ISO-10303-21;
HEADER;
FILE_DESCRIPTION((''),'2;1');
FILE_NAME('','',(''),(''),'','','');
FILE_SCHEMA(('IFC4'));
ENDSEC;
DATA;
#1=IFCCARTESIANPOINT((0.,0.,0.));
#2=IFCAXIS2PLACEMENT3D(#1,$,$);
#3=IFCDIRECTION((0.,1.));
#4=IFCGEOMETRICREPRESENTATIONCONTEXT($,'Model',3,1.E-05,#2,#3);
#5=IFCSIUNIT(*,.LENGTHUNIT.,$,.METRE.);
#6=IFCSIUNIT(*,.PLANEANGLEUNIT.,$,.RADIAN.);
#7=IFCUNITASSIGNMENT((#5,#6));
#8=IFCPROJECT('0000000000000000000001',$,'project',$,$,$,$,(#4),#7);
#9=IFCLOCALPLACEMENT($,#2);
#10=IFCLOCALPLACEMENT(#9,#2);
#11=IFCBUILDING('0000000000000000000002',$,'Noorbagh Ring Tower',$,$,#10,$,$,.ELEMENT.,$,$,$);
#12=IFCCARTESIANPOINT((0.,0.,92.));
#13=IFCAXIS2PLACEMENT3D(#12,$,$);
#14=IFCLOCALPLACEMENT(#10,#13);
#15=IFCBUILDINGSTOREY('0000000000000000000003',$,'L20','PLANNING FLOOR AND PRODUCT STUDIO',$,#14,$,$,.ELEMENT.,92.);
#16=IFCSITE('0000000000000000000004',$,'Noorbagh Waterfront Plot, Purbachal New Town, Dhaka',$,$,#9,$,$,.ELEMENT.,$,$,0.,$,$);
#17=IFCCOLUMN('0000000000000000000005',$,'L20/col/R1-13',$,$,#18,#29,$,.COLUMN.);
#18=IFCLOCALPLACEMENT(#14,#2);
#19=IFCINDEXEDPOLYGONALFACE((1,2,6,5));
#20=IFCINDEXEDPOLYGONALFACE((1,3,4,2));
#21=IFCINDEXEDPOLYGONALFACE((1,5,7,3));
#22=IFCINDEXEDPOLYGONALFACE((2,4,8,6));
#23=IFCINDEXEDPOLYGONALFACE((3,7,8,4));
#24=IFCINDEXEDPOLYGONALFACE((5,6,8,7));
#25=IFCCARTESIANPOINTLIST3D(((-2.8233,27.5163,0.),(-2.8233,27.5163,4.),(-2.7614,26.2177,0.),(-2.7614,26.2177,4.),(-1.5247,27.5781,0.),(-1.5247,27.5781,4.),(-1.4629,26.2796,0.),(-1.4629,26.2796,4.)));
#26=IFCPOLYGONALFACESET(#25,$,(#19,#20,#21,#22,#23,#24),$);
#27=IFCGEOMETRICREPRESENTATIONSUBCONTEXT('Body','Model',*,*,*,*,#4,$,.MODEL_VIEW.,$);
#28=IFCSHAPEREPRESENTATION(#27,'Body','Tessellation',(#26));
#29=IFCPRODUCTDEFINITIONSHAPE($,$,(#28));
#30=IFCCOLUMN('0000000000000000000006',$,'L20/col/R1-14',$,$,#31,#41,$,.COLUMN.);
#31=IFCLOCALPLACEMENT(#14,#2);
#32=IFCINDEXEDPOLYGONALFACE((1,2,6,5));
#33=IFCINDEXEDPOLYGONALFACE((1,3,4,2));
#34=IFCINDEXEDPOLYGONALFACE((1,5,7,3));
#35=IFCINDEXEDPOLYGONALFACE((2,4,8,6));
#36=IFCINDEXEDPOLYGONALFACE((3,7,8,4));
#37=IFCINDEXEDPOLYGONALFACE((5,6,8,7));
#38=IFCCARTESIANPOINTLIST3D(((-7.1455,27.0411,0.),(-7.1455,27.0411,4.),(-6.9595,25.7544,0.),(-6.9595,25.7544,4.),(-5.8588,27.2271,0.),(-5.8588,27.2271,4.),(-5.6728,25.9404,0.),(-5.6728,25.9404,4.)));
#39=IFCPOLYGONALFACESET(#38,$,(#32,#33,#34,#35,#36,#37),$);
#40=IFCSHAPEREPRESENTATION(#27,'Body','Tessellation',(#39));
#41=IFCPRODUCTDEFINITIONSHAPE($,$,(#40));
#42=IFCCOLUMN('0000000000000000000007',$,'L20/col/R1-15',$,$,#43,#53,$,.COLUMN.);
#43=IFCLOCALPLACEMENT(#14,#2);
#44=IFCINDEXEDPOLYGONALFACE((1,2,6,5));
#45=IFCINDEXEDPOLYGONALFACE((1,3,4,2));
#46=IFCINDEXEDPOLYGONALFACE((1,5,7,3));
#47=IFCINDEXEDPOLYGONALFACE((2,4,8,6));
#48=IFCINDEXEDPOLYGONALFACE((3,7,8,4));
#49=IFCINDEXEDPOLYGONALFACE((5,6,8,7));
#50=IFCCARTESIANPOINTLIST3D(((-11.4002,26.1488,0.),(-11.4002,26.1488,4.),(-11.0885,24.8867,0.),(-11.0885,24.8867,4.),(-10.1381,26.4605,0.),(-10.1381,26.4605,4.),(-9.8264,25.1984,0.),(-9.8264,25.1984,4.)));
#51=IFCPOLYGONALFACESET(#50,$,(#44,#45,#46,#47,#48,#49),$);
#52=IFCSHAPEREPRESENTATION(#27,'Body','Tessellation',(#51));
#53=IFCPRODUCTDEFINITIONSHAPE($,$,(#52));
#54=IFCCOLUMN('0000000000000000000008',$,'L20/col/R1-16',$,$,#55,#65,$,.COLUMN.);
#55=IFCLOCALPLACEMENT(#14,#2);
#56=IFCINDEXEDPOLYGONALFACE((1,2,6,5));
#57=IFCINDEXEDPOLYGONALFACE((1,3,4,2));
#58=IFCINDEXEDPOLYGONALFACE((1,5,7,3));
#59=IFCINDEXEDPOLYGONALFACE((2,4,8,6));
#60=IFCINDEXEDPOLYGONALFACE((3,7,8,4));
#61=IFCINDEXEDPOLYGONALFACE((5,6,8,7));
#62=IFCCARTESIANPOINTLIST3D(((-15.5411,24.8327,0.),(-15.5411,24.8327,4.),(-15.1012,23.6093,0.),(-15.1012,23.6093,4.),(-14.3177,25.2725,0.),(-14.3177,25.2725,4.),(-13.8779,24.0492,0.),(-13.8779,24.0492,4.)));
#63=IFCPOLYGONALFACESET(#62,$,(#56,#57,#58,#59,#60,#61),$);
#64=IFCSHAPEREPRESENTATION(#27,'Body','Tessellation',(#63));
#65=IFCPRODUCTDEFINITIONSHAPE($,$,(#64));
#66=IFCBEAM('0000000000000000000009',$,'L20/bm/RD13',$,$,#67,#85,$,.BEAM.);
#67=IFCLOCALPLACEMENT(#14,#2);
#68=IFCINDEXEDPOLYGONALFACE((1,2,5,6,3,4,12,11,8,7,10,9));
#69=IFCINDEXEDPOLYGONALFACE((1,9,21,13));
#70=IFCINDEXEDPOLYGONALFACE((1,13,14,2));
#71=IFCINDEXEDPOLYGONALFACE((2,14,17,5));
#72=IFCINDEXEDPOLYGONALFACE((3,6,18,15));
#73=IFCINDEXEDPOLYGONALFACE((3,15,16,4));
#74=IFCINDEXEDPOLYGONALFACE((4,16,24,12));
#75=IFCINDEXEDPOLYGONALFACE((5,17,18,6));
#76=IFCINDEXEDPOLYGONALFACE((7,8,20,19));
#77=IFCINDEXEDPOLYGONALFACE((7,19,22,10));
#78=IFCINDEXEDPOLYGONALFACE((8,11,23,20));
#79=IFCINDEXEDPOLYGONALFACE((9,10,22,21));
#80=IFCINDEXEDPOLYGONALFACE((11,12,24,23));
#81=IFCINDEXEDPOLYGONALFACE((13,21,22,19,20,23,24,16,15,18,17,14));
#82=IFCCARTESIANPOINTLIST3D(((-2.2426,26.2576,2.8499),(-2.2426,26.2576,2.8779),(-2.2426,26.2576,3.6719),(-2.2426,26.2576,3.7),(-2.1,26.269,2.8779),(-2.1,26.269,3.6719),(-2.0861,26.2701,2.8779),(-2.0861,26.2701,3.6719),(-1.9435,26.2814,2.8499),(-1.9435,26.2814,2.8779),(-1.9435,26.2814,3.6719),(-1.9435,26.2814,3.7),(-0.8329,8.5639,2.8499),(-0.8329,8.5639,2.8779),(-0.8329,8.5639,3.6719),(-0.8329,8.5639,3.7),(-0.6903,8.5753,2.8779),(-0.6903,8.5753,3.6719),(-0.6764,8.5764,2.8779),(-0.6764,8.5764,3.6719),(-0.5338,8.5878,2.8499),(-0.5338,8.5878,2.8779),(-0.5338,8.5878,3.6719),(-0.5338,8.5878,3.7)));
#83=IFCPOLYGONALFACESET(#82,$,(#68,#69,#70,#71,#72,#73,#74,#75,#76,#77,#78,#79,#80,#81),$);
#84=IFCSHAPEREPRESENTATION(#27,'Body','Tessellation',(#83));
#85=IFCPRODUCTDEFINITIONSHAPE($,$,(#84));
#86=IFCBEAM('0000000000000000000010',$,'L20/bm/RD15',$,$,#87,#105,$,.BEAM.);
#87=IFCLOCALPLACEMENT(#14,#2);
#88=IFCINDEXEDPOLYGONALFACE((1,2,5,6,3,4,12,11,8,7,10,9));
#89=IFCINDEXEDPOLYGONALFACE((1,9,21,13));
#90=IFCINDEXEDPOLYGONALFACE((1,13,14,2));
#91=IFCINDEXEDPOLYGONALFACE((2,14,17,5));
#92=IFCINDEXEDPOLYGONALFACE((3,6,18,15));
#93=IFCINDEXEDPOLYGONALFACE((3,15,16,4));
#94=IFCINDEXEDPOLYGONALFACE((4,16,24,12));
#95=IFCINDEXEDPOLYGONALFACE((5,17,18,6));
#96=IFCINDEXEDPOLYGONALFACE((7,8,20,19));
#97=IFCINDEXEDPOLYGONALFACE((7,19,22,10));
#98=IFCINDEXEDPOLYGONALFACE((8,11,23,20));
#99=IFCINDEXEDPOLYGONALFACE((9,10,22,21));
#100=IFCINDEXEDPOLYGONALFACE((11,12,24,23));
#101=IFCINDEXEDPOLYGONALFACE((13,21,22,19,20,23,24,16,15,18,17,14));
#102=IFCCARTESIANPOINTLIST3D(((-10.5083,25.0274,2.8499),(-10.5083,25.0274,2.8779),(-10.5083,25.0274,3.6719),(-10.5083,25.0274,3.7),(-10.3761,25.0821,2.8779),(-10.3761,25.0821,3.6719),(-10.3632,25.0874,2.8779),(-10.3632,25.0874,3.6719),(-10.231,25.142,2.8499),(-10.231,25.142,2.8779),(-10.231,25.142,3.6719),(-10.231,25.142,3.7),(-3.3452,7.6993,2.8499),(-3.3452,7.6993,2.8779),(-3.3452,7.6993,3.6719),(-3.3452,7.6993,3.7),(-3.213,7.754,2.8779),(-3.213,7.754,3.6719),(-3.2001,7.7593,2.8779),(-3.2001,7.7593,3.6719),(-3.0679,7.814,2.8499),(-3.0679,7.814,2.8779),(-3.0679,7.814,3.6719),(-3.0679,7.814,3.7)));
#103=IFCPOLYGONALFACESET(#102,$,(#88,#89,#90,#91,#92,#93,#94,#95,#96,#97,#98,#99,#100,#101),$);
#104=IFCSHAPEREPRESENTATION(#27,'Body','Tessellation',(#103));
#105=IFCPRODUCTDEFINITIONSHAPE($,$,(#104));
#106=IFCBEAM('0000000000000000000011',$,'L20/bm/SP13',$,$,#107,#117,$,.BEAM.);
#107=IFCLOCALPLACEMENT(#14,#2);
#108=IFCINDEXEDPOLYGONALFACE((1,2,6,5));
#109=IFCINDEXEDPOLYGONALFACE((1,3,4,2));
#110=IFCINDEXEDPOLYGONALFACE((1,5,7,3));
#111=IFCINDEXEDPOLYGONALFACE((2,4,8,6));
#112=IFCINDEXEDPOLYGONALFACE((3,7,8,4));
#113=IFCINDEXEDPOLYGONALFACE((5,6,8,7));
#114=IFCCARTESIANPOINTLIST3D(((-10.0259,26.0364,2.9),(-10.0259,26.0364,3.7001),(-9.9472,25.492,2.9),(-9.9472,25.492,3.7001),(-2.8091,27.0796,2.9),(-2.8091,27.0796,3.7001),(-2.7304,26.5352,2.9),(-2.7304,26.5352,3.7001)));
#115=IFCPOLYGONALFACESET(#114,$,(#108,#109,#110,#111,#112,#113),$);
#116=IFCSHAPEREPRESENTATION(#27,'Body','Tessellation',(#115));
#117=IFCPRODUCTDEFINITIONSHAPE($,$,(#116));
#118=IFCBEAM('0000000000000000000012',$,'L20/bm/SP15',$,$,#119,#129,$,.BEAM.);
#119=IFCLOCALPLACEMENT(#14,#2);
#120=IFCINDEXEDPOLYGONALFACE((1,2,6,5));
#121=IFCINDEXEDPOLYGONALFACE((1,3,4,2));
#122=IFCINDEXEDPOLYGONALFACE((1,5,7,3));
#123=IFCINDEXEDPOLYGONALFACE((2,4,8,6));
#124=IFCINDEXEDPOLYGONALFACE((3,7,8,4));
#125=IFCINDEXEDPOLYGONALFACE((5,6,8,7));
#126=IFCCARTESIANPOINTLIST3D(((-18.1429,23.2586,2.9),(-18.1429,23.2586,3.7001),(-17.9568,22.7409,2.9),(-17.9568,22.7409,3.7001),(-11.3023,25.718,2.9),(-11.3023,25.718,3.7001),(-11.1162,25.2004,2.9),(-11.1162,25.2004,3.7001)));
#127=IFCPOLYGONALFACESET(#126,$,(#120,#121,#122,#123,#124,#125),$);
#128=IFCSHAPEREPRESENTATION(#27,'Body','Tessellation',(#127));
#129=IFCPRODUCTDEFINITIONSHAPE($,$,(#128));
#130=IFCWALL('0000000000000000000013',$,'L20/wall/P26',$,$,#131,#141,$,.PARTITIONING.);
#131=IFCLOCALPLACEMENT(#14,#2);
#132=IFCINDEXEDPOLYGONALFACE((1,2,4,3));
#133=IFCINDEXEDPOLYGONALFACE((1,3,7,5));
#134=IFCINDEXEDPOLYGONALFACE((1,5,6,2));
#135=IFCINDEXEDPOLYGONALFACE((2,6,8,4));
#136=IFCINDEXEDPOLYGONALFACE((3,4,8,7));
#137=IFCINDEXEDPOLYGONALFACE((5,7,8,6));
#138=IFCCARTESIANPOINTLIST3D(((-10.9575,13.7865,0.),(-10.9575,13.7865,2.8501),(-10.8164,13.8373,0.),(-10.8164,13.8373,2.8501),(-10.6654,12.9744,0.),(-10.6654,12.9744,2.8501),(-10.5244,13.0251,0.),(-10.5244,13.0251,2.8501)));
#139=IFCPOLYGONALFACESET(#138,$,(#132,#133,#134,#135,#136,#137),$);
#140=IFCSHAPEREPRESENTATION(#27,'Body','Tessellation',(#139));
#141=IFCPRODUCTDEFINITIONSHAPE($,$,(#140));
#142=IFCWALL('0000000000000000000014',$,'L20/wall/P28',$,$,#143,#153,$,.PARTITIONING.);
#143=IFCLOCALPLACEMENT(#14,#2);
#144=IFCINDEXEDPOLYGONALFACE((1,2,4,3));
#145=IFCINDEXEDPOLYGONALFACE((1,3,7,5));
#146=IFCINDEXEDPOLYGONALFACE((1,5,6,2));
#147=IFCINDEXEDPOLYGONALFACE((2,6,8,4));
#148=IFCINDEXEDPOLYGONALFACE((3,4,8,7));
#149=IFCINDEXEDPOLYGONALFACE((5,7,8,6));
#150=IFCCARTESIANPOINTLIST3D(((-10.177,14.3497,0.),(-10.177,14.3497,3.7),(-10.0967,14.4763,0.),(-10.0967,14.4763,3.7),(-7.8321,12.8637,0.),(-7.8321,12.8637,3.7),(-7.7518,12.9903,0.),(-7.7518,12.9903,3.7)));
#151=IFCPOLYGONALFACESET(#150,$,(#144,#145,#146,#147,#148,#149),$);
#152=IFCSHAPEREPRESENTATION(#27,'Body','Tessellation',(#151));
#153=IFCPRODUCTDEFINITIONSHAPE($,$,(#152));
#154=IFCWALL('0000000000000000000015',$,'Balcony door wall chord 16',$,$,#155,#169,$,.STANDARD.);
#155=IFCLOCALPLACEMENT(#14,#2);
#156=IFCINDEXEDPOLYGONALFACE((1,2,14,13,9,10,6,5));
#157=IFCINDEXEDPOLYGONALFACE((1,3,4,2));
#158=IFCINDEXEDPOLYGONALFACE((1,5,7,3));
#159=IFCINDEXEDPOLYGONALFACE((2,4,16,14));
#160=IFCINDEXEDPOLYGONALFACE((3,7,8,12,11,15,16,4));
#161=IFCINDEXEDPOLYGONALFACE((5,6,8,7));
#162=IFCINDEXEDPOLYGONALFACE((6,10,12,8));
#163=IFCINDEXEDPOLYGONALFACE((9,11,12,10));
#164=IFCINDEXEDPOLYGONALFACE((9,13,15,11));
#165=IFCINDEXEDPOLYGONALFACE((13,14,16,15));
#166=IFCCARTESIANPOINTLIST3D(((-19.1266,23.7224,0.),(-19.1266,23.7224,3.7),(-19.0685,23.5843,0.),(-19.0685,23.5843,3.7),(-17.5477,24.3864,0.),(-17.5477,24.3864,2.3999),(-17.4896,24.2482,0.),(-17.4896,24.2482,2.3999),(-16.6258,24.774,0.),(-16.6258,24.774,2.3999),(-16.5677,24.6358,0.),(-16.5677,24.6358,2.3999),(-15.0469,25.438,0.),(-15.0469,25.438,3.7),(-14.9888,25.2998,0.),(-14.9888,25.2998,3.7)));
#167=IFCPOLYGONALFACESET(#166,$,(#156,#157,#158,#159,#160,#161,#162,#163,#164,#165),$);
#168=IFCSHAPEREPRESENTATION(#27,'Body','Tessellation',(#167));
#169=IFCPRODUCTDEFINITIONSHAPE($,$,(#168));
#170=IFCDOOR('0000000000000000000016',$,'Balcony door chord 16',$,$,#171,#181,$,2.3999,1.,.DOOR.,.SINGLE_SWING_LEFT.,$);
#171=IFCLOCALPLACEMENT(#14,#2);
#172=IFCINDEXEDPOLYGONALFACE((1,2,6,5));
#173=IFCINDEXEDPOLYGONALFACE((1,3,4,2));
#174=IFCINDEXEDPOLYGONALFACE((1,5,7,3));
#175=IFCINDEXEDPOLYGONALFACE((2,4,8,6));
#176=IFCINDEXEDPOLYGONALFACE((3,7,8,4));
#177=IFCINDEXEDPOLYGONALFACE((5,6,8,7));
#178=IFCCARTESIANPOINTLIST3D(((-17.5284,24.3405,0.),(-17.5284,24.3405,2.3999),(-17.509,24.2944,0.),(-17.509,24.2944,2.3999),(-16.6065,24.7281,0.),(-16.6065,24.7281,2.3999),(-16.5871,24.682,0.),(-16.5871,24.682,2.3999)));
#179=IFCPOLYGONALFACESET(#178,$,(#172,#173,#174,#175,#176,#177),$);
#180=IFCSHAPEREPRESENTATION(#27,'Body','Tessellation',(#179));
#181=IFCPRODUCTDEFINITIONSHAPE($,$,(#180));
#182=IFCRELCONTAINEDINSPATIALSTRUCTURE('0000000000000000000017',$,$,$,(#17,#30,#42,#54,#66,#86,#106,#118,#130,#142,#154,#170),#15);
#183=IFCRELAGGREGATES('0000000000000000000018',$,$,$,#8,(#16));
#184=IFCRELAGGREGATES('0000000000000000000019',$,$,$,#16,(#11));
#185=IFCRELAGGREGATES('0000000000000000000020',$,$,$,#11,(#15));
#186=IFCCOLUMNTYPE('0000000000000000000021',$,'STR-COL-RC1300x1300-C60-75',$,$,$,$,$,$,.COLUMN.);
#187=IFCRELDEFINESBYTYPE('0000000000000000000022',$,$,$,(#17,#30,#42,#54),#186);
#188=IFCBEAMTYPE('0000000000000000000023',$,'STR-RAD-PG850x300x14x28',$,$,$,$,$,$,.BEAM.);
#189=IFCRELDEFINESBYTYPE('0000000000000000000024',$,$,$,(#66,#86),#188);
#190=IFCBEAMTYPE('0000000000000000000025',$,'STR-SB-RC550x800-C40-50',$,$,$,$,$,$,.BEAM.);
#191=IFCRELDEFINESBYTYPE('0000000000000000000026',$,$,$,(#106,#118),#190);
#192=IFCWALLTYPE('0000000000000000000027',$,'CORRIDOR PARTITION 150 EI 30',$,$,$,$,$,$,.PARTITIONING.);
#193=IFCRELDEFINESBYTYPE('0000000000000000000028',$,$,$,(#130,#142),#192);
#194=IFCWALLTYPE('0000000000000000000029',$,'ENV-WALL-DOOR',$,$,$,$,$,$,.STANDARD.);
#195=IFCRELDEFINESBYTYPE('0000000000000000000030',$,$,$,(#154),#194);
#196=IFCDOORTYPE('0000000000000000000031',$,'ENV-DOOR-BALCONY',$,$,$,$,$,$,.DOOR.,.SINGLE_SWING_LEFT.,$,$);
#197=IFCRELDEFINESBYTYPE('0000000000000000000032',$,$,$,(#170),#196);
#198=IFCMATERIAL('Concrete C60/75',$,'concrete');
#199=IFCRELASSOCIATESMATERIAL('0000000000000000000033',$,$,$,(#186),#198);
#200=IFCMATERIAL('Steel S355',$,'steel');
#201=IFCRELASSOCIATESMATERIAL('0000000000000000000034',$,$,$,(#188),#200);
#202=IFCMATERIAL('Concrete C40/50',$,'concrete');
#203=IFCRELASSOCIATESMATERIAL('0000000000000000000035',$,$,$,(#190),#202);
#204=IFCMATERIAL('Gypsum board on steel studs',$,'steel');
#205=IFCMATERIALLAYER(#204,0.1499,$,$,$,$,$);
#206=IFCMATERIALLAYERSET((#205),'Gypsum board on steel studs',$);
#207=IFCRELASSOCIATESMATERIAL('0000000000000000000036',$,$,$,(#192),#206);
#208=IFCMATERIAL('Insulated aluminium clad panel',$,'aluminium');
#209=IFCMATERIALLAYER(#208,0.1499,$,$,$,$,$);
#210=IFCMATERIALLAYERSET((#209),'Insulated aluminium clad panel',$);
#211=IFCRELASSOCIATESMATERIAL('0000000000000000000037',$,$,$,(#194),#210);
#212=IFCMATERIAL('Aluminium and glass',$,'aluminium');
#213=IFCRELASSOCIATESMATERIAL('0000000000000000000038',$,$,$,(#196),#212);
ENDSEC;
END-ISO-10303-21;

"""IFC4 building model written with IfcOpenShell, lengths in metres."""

from ifc_helpers import new_model, si_unit, direction, frame, frame_2d, origin, origin_2d, place, context, subcontext, project, spatial, rectangle, i_section, extrude, material, layer, layer_set, material_profile, profile_set, type_object, element, fill, save


model = new_model("IFC4")

# Units and contexts
model_context = context("Model", 3, precision=1e-05, world=origin(), true_north=direction((0.0, 1.0)))
body_context = subcontext(model_context, "Body", "Model", "MODEL_VIEW")
ifc_project = project(units=[si_unit("LENGTHUNIT", "METRE"), si_unit("PLANEANGLEUNIT", "RADIAN")], contexts=[model_context])

# Site, building, storey
site_placement = place(None, origin())
site = spatial("IfcSite", under=ifc_project, at=site_placement, Name="Noorbagh Waterfront Plot, Purbachal New Town, Dhaka", CompositionType="ELEMENT", RefElevation=0.0)
building_placement = place(site_placement, origin())
building = spatial("IfcBuilding", under=site, at=building_placement, Name="Noorbagh Ring Tower", CompositionType="ELEMENT")
storey_placement = place(building_placement, frame((0.0, 0.0, 92.0)))
storey = spatial("IfcBuildingStorey", under=building, at=storey_placement, Name="L20", Description="PLANNING FLOOR AND PRODUCT STUDIO", CompositionType="ELEMENT", Elevation=92.0)

# Columns
ifc_material_1 = material(Name="Concrete C60/75", Category="concrete")
ifc_material_profile_1 = material_profile(ifc_material_1, rectangle(XDim=1.3, YDim=1.3, at=origin_2d()), Name="RC1300x1300")
ifc_profile_set_1 = profile_set([ifc_material_profile_1], Name="Concrete C60/75")
column_type = type_object("IfcColumnType", Name="STR-COL-RC1300x1300-C60-75", PredefinedType="COLUMN", material=ifc_profile_set_1)
for number, where, z_axis, x_axis, name in (
    (1, (-2.1431, 26.8979, 0.0), (0.0, 0.0, 1.0), (-0.998869, -0.047553, 0.0), "L20/col/R1-13"),
    (2, (-6.4092, 26.4907, 0.0), (0.0, 0.0, 1.0), (-0.989713, -0.143066, 0.0), "L20/col/R1-14"),
    (3, (-10.6133, 25.6736, 0.0), (0.0, 0.0, 1.0), (-0.970829, -0.239771, 0.0), "L20/col/R1-15"),
    (4, (-14.7095, 24.4409, 0.0), (0.0, 0.0, 1.0), (-0.941025, -0.338338, 0.0), "L20/col/R1-16"),
):
    element("IfcColumn", number, at=place(storey_placement, frame(where, z_axis=z_axis, x_axis=x_axis)), inside=storey, type_object=column_type, Name=name, PredefinedType="COLUMN", context=body_context, shape_type="SweptSolid", body=[
        extrude(rectangle(XDim=1.3, YDim=1.3, at=origin_2d()), origin(), (0.0, 0.0, 1.0), 4.0),
    ])

# Beams
ifc_material_2 = material(Name="Steel S355", Category="steel")
ifc_material_profile_2 = material_profile(ifc_material_2, i_section(OverallWidth=0.3, OverallDepth=0.8501, WebThickness=0.0139, FlangeThickness=0.0281, at=origin_2d()), Name="PG850x300x14x28")
ifc_profile_set_2 = profile_set([ifc_material_profile_2], Name="Steel S355")
beam_type_1 = type_object("IfcBeamType", Name="STR-RAD-PG850x300x14x28", PredefinedType="BEAM", material=ifc_profile_set_2)
beam_1_placement = place(storey_placement, frame((-2.093, 26.2695, 3.2749), z_axis=(0.079419, -0.996841, 0.0), x_axis=(0.996841, 0.079419, 0.0)))
element("IfcBeam", 5, at=beam_1_placement, inside=storey, type_object=beam_type_1, Name="L20/bm/RD13", PredefinedType="BEAM", context=body_context, shape_type="SweptSolid", body=[
    extrude(i_section(OverallWidth=0.3, OverallDepth=0.8501, WebThickness=0.0139, FlangeThickness=0.0281, at=origin_2d()), origin(), (0.0, 0.0, 1.0), 17.7498),
])
beam_2_placement = place(storey_placement, frame((-10.3696, 25.0847, 3.2749), z_axis=(0.382025, -0.924152, 0.0), x_axis=(0.924152, 0.382025, 0.0)))
element("IfcBeam", 6, at=beam_2_placement, inside=storey, type_object=beam_type_1, Name="L20/bm/RD15", PredefinedType="BEAM", context=body_context, shape_type="SweptSolid", body=[
    extrude(i_section(OverallWidth=0.3, OverallDepth=0.8501, WebThickness=0.0139, FlangeThickness=0.0281, at=origin_2d()), origin(), (0.0, 0.0, 1.0), 18.7502),
])
ifc_material_3 = material(Name="Concrete C40/50", Category="concrete")
ifc_material_profile_3 = material_profile(ifc_material_3, rectangle(XDim=0.55, YDim=0.8, at=origin_2d()), Name="RC550x800")
ifc_profile_set_3 = profile_set([ifc_material_profile_3], Name="Concrete C40/50")
beam_type_2 = type_object("IfcBeamType", Name="STR-SB-RC550x800-C40-50", PredefinedType="BEAM", material=ifc_profile_set_3)
beam_3_placement = place(storey_placement, frame((-2.7698, 26.8074, 3.3), z_axis=(-0.989713, -0.143066, 0.0), x_axis=(0.143066, -0.989713, 0.0)))
element("IfcBeam", 7, at=beam_3_placement, inside=storey, type_object=beam_type_2, Name="L20/bm/SP13", PredefinedType="BEAM", context=body_context, shape_type="SweptSolid", body=[
    extrude(rectangle(XDim=0.55, YDim=0.8, at=origin_2d()), origin(), (0.0, 0.0, 1.0), 7.2917),
])
beam_4_placement = place(storey_placement, frame((-11.2092, 25.4592, 3.3), z_axis=(-0.941025, -0.338338, 0.0), x_axis=(0.338338, -0.941025, 0.0)))
element("IfcBeam", 8, at=beam_4_placement, inside=storey, type_object=beam_type_2, Name="L20/bm/SP15", PredefinedType="BEAM", context=body_context, shape_type="SweptSolid", body=[
    extrude(rectangle(XDim=0.55, YDim=0.8, at=origin_2d()), origin(), (0.0, 0.0, 1.0), 7.2693),
])

# Walls
ifc_material_4 = material(Name="Gypsum board on steel studs", Category="steel")
ifc_layer_1 = layer(ifc_material_4, 0.1499)
ifc_layer_set_1 = layer_set([ifc_layer_1], Name="Gypsum board on steel studs")
wall_type_1 = type_object("IfcWallType", Name="CORRIDOR PARTITION 150 EI 30", PredefinedType="PARTITIONING", material=ifc_layer_set_1)
wall_1_placement = place(storey_placement, frame((-10.887, 13.812, 0.0), z_axis=(0.0, 0.0, 1.0), x_axis=(0.338379, -0.94101, 0.0)))
element("IfcWall", 9, at=wall_1_placement, inside=storey, type_object=wall_type_1, Name="L20/wall/P26", PredefinedType="PARTITIONING", context=body_context, shape_type="SweptSolid", body=[
    extrude(rectangle(XDim=0.863, YDim=0.1499, at=frame_2d((0.4316, 0.0))), origin(), (0.0, 0.0, 1.0), 2.8501),
])
wall_2_placement = place(storey_placement, frame((-10.137, 14.4131, 0.0), z_axis=(0.0, 0.0, 1.0), x_axis=(0.844667, -0.535293, 0.0)))
element("IfcWall", 10, at=wall_2_placement, inside=storey, type_object=wall_type_1, Name="L20/wall/P28", PredefinedType="PARTITIONING", context=body_context, shape_type="SweptSolid", body=[
    extrude(rectangle(XDim=2.7761, YDim=0.1499, at=frame_2d((1.3882, 0.0))), origin(), (0.0, 0.0, 1.0), 3.7),
])

# Wall, opening, door
ifc_material_5 = material(Name="Insulated aluminium clad panel", Category="aluminium")
ifc_layer_2 = layer(ifc_material_5, 0.1499)
ifc_layer_set_2 = layer_set([ifc_layer_2], Name="Insulated aluminium clad panel")
wall_type_2 = type_object("IfcWallType", Name="ENV-WALL-DOOR", PredefinedType="STANDARD", material=ifc_layer_set_2)
wall_3_placement = place(storey_placement, frame((-15.0178, 25.3689, 0.0), z_axis=(0.0, 0.0, 1.0), x_axis=(-0.921817, -0.387625, 0.0)))
wall_3 = element("IfcWall", 11, at=wall_3_placement, inside=storey, type_object=wall_type_2, Name="Balcony door wall chord 16", PredefinedType="STANDARD", context=body_context, shape_type="SweptSolid", body=[
    extrude(rectangle(XDim=4.4258, YDim=0.1499, at=frame_2d((2.2129, 0.0))), origin(), (0.0, 0.0, 1.0), 3.7),
])
opening_placement = place(wall_3_placement, frame((1.7129, 0.0, 0.0)))
opening = element("IfcOpeningElement", 12, at=opening_placement, cuts=wall_3, PredefinedType="OPENING", context=body_context, shape_type="SweptSolid", body=[
    extrude(rectangle(XDim=1.0, YDim=2.3999, at=frame_2d((0.5, 1.2))), frame((0.0, 0.085, 0.0), z_axis=(0.0, -1.0, 0.0), x_axis=(1.0, 0.0, 0.0)), (0.0, 0.0, 1.0), 0.1699),
])
ifc_material_6 = material(Name="Aluminium and glass", Category="aluminium")
door_type = type_object("IfcDoorType", Name="ENV-DOOR-BALCONY", OperationType="SINGLE_SWING_LEFT", PredefinedType="DOOR", material=ifc_material_6)
door_placement = place(opening_placement, origin())
door = element("IfcDoor", 13, at=door_placement, inside=storey, type_object=door_type, Name="Balcony door chord 16", OperationType="SINGLE_SWING_LEFT", OverallHeight=2.3999, OverallWidth=1.0, PredefinedType="DOOR", context=body_context, shape_type="SweptSolid", body=[
    extrude(rectangle(XDim=1.0, YDim=2.3999, at=frame_2d((0.5, 1.2))), frame((0.0, 0.0249, 0.0), z_axis=(0.0, -1.0, 0.0), x_axis=(1.0, 0.0, 0.0)), (0.0, 0.0, 1.0), 0.05),
])
fill(opening, door)

save(model, "model.ifc")
